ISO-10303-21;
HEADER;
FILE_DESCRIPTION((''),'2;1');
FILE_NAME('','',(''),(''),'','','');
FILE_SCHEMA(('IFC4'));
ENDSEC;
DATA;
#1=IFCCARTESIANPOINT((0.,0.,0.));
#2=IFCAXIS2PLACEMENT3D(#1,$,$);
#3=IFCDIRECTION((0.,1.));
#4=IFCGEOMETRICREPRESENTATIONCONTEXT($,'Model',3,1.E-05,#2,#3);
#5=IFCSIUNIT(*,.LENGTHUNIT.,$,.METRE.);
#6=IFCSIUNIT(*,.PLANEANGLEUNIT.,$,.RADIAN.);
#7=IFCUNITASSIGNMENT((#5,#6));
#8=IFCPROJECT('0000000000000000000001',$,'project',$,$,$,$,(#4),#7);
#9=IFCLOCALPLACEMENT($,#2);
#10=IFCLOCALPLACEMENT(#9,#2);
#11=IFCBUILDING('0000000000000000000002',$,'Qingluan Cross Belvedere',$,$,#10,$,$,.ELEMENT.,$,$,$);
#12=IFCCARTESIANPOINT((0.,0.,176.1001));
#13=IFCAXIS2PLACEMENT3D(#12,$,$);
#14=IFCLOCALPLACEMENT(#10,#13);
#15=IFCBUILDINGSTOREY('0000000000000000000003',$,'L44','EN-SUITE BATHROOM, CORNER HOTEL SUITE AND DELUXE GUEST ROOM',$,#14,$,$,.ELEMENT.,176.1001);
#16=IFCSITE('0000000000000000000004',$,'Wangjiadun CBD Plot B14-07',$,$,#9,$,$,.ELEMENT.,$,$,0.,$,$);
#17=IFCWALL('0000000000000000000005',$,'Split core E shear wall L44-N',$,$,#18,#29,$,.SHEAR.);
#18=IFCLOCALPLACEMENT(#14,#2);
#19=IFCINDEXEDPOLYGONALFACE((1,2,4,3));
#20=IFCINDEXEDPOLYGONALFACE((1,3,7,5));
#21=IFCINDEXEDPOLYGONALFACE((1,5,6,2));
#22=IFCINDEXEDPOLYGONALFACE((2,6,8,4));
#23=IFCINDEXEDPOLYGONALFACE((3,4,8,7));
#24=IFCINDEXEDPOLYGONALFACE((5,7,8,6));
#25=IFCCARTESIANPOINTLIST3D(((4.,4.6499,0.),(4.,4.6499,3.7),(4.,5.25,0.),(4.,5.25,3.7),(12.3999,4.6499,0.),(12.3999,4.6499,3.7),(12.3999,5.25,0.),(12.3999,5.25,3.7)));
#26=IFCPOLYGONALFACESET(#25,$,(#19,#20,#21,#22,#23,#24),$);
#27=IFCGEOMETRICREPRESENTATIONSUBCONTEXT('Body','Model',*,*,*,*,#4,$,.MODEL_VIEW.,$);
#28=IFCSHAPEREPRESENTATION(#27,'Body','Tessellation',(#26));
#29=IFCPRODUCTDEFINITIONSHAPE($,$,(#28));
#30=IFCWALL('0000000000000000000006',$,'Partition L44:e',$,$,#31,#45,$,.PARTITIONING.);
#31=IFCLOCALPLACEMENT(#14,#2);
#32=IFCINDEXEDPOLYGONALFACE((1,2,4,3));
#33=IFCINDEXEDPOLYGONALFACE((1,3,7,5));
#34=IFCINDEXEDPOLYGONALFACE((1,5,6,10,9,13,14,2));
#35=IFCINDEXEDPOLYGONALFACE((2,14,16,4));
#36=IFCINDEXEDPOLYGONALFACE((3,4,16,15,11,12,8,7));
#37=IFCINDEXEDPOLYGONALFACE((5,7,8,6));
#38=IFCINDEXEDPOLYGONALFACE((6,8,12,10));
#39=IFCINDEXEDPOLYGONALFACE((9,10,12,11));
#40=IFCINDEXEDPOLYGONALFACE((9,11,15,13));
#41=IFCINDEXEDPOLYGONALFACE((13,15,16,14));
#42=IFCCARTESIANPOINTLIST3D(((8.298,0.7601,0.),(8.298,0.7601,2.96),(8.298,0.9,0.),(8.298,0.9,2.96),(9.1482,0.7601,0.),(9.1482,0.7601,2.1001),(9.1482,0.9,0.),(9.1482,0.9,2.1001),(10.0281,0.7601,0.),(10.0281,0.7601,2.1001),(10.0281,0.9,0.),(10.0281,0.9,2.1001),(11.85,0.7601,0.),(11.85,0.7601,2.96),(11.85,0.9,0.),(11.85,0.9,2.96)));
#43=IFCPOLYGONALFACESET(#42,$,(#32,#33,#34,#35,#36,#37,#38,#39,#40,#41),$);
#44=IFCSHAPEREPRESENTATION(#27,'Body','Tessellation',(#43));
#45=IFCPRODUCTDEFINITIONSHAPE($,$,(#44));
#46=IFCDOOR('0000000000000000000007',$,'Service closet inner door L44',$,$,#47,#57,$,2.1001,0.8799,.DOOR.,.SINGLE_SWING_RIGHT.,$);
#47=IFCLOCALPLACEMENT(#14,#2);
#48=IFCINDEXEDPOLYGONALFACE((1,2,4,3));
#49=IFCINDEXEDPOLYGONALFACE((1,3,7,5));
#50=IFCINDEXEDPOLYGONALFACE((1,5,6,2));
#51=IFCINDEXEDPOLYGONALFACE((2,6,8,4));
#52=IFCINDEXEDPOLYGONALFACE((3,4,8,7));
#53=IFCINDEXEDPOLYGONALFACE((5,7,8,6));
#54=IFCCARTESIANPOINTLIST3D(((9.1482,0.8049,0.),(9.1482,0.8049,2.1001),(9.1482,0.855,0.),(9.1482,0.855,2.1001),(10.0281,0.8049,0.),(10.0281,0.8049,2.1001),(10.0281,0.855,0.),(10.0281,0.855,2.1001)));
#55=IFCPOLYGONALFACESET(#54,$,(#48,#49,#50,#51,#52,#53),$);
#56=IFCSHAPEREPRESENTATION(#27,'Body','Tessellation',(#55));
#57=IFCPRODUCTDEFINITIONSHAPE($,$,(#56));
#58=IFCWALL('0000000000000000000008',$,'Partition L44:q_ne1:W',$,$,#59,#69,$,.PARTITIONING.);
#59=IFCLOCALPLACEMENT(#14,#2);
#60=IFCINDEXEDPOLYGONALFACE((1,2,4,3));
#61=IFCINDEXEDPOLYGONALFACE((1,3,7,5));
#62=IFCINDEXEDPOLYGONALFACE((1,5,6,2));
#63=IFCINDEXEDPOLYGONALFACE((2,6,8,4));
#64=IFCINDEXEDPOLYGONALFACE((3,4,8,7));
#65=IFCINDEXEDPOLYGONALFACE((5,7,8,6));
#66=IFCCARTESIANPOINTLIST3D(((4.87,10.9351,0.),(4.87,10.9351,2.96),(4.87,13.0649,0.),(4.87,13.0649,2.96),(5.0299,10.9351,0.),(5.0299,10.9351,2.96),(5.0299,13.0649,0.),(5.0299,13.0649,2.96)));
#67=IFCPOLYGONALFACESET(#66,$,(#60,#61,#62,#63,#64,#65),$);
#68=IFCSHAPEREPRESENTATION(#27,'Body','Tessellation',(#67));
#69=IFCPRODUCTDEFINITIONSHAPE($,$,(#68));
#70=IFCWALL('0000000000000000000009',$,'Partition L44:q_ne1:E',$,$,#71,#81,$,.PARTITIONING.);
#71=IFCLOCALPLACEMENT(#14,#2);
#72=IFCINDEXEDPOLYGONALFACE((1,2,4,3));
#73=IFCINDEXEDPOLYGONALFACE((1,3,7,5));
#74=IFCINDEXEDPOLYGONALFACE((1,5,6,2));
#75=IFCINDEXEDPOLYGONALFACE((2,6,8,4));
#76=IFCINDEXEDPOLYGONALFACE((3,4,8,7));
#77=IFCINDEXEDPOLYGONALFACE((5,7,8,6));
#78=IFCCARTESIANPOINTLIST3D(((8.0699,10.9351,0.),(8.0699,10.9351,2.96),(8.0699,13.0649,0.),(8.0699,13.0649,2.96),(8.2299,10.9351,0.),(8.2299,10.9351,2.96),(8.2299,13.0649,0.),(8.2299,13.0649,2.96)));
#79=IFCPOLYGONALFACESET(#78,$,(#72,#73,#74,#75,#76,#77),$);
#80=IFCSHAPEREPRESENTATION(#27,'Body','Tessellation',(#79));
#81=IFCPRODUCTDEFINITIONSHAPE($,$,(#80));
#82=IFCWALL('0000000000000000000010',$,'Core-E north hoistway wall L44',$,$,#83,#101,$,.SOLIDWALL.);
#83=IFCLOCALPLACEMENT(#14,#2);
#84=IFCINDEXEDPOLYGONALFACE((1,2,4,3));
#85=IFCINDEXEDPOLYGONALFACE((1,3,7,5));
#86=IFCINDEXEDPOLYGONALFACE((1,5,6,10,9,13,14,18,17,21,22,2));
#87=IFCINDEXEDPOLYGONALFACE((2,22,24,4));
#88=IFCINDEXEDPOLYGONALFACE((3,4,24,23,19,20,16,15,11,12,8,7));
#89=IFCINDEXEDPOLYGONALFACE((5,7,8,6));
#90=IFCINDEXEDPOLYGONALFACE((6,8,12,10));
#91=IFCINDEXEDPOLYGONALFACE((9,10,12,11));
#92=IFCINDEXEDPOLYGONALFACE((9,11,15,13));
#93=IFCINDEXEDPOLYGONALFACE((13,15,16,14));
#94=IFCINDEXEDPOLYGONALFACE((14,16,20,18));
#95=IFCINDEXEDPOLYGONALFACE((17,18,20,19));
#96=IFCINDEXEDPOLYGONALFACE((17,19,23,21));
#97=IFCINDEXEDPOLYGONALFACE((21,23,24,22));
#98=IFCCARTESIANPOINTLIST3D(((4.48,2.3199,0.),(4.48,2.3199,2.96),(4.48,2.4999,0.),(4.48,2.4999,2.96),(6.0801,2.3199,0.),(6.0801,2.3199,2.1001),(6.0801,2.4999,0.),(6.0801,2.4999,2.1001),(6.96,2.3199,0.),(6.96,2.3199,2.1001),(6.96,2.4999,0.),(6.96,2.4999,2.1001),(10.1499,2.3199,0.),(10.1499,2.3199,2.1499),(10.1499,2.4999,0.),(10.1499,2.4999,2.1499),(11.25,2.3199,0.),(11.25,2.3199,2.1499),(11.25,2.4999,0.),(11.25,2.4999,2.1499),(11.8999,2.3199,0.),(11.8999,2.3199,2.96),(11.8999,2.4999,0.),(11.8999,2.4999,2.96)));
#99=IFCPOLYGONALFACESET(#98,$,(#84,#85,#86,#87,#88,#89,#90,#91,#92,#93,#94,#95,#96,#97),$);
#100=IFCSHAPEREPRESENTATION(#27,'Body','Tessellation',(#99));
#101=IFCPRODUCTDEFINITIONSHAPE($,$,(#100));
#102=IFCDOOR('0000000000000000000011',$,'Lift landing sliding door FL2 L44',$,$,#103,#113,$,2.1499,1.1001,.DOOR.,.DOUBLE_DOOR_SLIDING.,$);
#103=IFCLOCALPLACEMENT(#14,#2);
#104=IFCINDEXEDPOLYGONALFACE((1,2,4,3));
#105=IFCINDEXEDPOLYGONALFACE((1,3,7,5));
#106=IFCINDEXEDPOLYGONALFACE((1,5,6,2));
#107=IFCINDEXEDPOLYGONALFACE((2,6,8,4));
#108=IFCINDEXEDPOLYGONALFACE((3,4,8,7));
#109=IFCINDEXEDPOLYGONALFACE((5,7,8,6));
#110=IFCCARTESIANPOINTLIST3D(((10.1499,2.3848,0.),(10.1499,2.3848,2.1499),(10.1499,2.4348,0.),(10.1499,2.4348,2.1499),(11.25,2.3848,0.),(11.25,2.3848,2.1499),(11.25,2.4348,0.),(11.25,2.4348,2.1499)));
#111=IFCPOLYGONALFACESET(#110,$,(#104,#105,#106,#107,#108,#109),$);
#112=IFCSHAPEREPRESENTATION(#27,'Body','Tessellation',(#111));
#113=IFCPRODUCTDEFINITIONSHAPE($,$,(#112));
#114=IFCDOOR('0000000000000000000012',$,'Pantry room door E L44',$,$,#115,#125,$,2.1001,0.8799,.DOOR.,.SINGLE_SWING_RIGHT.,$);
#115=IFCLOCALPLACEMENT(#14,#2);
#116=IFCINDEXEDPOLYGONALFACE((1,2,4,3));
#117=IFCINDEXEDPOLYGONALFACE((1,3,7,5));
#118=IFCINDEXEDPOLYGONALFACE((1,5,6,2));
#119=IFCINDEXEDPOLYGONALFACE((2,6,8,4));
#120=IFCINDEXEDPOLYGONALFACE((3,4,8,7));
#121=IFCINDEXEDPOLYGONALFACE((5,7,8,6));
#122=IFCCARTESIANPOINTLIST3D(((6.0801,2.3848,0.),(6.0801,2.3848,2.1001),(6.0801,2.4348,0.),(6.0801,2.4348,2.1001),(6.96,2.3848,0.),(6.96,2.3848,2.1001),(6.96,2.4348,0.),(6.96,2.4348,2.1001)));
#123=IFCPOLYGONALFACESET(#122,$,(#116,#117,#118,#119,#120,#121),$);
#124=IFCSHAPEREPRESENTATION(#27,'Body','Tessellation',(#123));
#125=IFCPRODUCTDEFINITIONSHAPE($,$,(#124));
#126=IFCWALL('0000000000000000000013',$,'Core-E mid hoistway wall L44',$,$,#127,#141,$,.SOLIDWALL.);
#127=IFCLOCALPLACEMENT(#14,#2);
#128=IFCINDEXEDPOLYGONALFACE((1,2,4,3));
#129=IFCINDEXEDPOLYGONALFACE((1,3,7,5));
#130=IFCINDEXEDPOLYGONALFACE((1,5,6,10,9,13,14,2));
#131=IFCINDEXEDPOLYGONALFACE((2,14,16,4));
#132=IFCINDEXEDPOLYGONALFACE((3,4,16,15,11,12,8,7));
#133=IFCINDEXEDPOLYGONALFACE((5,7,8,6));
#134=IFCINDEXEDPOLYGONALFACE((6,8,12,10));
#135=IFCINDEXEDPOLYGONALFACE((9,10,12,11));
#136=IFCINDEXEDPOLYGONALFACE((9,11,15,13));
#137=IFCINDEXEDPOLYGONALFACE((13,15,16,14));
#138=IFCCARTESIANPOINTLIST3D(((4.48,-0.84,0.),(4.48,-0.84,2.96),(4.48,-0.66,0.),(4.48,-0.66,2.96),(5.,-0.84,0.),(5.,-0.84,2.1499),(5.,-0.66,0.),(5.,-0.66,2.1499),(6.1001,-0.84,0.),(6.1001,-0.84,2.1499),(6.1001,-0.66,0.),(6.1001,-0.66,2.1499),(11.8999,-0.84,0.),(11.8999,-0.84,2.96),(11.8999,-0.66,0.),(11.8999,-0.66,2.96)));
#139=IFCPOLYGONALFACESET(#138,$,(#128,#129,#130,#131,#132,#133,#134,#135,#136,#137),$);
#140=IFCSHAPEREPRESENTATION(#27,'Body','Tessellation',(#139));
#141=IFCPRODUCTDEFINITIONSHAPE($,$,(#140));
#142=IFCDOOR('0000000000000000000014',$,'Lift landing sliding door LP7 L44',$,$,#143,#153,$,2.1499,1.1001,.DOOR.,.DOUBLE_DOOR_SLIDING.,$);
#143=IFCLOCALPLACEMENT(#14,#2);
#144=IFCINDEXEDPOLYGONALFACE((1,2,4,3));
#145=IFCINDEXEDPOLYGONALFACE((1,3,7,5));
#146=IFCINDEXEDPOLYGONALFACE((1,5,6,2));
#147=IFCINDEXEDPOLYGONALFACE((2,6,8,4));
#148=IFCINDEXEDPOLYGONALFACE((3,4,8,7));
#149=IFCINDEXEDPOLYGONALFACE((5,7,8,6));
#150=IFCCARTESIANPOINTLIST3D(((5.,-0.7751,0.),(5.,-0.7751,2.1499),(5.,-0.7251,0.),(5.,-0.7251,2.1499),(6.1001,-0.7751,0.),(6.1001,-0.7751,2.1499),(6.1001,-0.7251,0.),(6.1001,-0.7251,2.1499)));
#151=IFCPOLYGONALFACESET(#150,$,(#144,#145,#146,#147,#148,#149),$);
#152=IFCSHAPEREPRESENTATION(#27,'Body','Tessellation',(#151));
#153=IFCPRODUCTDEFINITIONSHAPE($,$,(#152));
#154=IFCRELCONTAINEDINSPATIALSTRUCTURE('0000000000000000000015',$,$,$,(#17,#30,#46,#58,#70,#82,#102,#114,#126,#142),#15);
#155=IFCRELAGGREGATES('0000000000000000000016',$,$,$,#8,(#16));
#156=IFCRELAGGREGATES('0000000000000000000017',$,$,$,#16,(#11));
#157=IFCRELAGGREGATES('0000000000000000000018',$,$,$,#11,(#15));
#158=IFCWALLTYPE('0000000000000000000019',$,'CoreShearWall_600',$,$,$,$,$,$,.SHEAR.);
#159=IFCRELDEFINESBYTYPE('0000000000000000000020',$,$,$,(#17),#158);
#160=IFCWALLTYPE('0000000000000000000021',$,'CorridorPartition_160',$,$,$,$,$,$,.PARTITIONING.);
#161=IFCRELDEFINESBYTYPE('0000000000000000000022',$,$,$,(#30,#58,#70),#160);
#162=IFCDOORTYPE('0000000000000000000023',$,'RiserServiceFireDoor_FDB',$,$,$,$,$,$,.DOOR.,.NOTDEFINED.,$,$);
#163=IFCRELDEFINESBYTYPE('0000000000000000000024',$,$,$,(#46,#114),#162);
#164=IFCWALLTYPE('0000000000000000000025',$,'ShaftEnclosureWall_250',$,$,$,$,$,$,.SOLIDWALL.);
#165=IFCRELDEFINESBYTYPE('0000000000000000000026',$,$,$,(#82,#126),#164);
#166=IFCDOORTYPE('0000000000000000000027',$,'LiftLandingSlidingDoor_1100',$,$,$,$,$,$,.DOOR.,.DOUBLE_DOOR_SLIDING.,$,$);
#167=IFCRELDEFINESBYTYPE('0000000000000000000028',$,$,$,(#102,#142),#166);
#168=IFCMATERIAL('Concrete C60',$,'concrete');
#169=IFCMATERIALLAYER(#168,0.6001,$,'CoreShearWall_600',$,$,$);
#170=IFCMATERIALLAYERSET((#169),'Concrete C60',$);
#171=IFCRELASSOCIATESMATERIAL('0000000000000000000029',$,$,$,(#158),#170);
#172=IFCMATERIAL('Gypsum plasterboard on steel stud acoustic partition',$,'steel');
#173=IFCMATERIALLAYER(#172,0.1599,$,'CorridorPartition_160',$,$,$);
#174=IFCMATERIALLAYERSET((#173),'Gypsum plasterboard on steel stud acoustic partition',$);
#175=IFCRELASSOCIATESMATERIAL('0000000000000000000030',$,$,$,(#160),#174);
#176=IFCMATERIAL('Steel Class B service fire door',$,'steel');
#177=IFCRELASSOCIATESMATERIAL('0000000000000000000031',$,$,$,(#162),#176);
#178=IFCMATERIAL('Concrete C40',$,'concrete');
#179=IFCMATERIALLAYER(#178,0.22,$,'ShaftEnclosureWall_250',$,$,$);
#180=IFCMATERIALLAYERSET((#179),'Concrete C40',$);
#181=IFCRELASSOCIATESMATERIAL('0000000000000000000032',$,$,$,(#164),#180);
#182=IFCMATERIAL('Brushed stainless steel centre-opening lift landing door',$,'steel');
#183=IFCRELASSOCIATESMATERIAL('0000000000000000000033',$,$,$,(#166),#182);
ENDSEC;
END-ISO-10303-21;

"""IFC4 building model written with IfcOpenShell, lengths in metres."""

from ifc_helpers import new_model, si_unit, direction, frame, frame_2d, origin, place, context, subcontext, project, spatial, rectangle, extrude, material, layer, layer_set, type_object, element, fill, save


model = new_model("IFC4")

# Units and contexts
model_context = context("Model", 3, precision=1e-05, world=origin(), true_north=direction((0.0, 1.0)))
body_context = subcontext(model_context, "Body", "Model", "MODEL_VIEW")
ifc_project = project(units=[si_unit("LENGTHUNIT", "METRE"), si_unit("PLANEANGLEUNIT", "RADIAN")], contexts=[model_context])

# Site, building, storey
site_placement = place(None, origin())
site = spatial("IfcSite", under=ifc_project, at=site_placement, Name="Wangjiadun CBD Plot B14-07", CompositionType="ELEMENT", RefElevation=0.0)
building_placement = place(site_placement, origin())
building = spatial("IfcBuilding", under=site, at=building_placement, Name="Qingluan Cross Belvedere", CompositionType="ELEMENT")
storey_placement = place(building_placement, frame((0.0, 0.0, 176.1001)))
storey = spatial("IfcBuildingStorey", under=building, at=storey_placement, Name="L44", Description="EN-SUITE BATHROOM, CORNER HOTEL SUITE AND DELUXE GUEST ROOM", CompositionType="ELEMENT", Elevation=176.1001)

# Wall
ifc_material_1 = material(Name="Concrete C60", Category="concrete")
ifc_layer_1 = layer(ifc_material_1, 0.6001, Name="CoreShearWall_600")
ifc_layer_set_1 = layer_set([ifc_layer_1], Name="Concrete C60")
wall_type_1 = type_object("IfcWallType", Name="CoreShearWall_600", PredefinedType="SHEAR", material=ifc_layer_set_1)
wall_1_placement = place(storey_placement, frame((4.0, 4.95, 0.0), z_axis=(0.0, 0.0, 1.0), x_axis=(1.0, 0.0, 0.0)))
element("IfcWall", 1, at=wall_1_placement, inside=storey, type_object=wall_type_1, Name="Split core E shear wall L44-N", PredefinedType="SHEAR", context=body_context, shape_type="SweptSolid", body=[
    extrude(rectangle(XDim=8.3999, YDim=0.6001, at=frame_2d((4.2, 0.0))), origin(), (0.0, 0.0, 1.0), 3.7),
])

# Wall, opening, door
ifc_material_2 = material(Name="Gypsum plasterboard on steel stud acoustic partition", Category="steel")
ifc_layer_2 = layer(ifc_material_2, 0.1599, Name="CorridorPartition_160")
ifc_layer_set_2 = layer_set([ifc_layer_2], Name="Gypsum plasterboard on steel stud acoustic partition")
wall_type_2 = type_object("IfcWallType", Name="CorridorPartition_160", PredefinedType="PARTITIONING", material=ifc_layer_set_2)
wall_2_placement = place(storey_placement, frame((8.2981, 0.8301, 0.0), z_axis=(0.0, 0.0, 1.0), x_axis=(1.0, 0.0, 0.0)))
wall_2 = element("IfcWall", 2, at=wall_2_placement, inside=storey, type_object=wall_type_2, Name="Partition L44:e", PredefinedType="PARTITIONING", context=body_context, shape_type="SweptSolid", body=[
    extrude(rectangle(XDim=3.552, YDim=0.1399, at=frame_2d((1.7759, 0.0))), origin(), (0.0, 0.0, 1.0), 2.96),
])
opening_1_placement = place(wall_2_placement, frame((0.8501, 0.0, 0.0)))
opening_1 = element("IfcOpeningElement", 3, at=opening_1_placement, cuts=wall_2, PredefinedType="OPENING", context=body_context, shape_type="SweptSolid", body=[
    extrude(rectangle(XDim=0.8799, YDim=2.1001, at=frame_2d((0.4399, 1.05))), frame((0.0, 0.0798, 0.0), z_axis=(0.0, -1.0, 0.0), x_axis=(1.0, 0.0, 0.0)), (0.0, 0.0, 1.0), 0.1599),
])
ifc_material_3 = material(Name="Steel Class B service fire door", Category="steel")
door_type_1 = type_object("IfcDoorType", Name="RiserServiceFireDoor_FDB", OperationType="NOTDEFINED", PredefinedType="DOOR", material=ifc_material_3)
door_1_placement = place(opening_1_placement, origin())
door_1 = element("IfcDoor", 4, at=door_1_placement, inside=storey, type_object=door_type_1, Name="Service closet inner door L44", OperationType="SINGLE_SWING_RIGHT", OverallHeight=2.1001, OverallWidth=0.8799, PredefinedType="DOOR", context=body_context, shape_type="SweptSolid", body=[
    extrude(rectangle(XDim=0.8799, YDim=2.1001, at=frame_2d((0.4399, 1.05))), frame((0.0, 0.0249, 0.0), z_axis=(0.0, -1.0, 0.0), x_axis=(1.0, 0.0, 0.0)), (0.0, 0.0, 1.0), 0.05),
])
fill(opening_1, door_1)

# Walls
for number, where, z_axis, x_axis, name in (
    (5, (4.95, 10.9351, 0.0), (0.0, 0.0, 1.0), (0.0, 1.0, 0.0), "Partition L44:q_ne1:W"),
    (6, (8.1499, 10.9351, 0.0), (0.0, 0.0, 1.0), (0.0, 1.0, 0.0), "Partition L44:q_ne1:E"),
):
    element("IfcWall", number, at=place(storey_placement, frame(where, z_axis=z_axis, x_axis=x_axis)), inside=storey, type_object=wall_type_2, Name=name, PredefinedType="PARTITIONING", context=body_context, shape_type="SweptSolid", body=[
        extrude(rectangle(XDim=2.1299, YDim=0.1599, at=frame_2d((1.0649, 0.0))), origin(), (0.0, 0.0, 1.0), 2.96),
    ])

# Wall, openings, doors
ifc_material_4 = material(Name="Concrete C40", Category="concrete")
ifc_layer_3 = layer(ifc_material_4, 0.22, Name="ShaftEnclosureWall_250")
ifc_layer_set_3 = layer_set([ifc_layer_3], Name="Concrete C40")
wall_type_3 = type_object("IfcWallType", Name="ShaftEnclosureWall_250", PredefinedType="SOLIDWALL", material=ifc_layer_set_3)
wall_3_placement = place(storey_placement, frame((4.48, 2.4099, 0.0), z_axis=(0.0, 0.0, 1.0), x_axis=(1.0, 0.0, 0.0)))
wall_3 = element("IfcWall", 7, at=wall_3_placement, inside=storey, type_object=wall_type_3, Name="Core-E north hoistway wall L44", PredefinedType="SOLIDWALL", context=body_context, shape_type="SweptSolid", body=[
    extrude(rectangle(XDim=7.4199, YDim=0.1799, at=frame_2d((3.71, 0.0))), origin(), (0.0, 0.0, 1.0), 2.96),
])
opening_2_placement = place(wall_3_placement, frame((5.6699, 0.0, 0.0)))
opening_2 = element("IfcOpeningElement", 8, at=opening_2_placement, cuts=wall_3, PredefinedType="OPENING", context=body_context, shape_type="SweptSolid", body=[
    extrude(rectangle(XDim=1.1001, YDim=2.1499, at=frame_2d((0.55, 1.075))), frame((0.0, 0.0999, 0.0), z_axis=(0.0, -1.0, 0.0), x_axis=(1.0, 0.0, 0.0)), (0.0, 0.0, 1.0), 0.2),
])
opening_3_placement = place(wall_3_placement, frame((1.6001, 0.0, 0.0)))
opening_3 = element("IfcOpeningElement", 9, at=opening_3_placement, cuts=wall_3, PredefinedType="OPENING", context=body_context, shape_type="SweptSolid", body=[
    extrude(rectangle(XDim=0.8799, YDim=2.1001, at=frame_2d((0.4399, 1.05))), frame((0.0, 0.0999, 0.0), z_axis=(0.0, -1.0, 0.0), x_axis=(1.0, 0.0, 0.0)), (0.0, 0.0, 1.0), 0.2),
])
ifc_material_5 = material(Name="Brushed stainless steel centre-opening lift landing door", Category="steel")
door_type_2 = type_object("IfcDoorType", Name="LiftLandingSlidingDoor_1100", OperationType="DOUBLE_DOOR_SLIDING", PredefinedType="DOOR", material=ifc_material_5)
door_2_placement = place(opening_2_placement, origin())
door_2 = element("IfcDoor", 10, at=door_2_placement, inside=storey, type_object=door_type_2, Name="Lift landing sliding door FL2 L44", OperationType="DOUBLE_DOOR_SLIDING", OverallHeight=2.1499, OverallWidth=1.1001, PredefinedType="DOOR", context=body_context, shape_type="SweptSolid", body=[
    extrude(rectangle(XDim=1.1001, YDim=2.1499, at=frame_2d((0.55, 1.075))), frame((0.0, 0.0249, 0.0), z_axis=(0.0, -1.0, 0.0), x_axis=(1.0, 0.0, 0.0)), (0.0, 0.0, 1.0), 0.05),
])
fill(opening_2, door_2)
door_3_placement = place(opening_3_placement, origin())
door_3 = element("IfcDoor", 11, at=door_3_placement, inside=storey, type_object=door_type_1, Name="Pantry room door E L44", OperationType="SINGLE_SWING_RIGHT", OverallHeight=2.1001, OverallWidth=0.8799, PredefinedType="DOOR", context=body_context, shape_type="SweptSolid", body=[
    extrude(rectangle(XDim=0.8799, YDim=2.1001, at=frame_2d((0.4399, 1.05))), frame((0.0, 0.0249, 0.0), z_axis=(0.0, -1.0, 0.0), x_axis=(1.0, 0.0, 0.0)), (0.0, 0.0, 1.0), 0.05),
])
fill(opening_3, door_3)

# Wall, opening, door
wall_4_placement = place(storey_placement, frame((4.48, -0.75, 0.0), z_axis=(0.0, 0.0, 1.0), x_axis=(1.0, 0.0, 0.0)))
wall_4 = element("IfcWall", 12, at=wall_4_placement, inside=storey, type_object=wall_type_3, Name="Core-E mid hoistway wall L44", PredefinedType="SOLIDWALL", context=body_context, shape_type="SweptSolid", body=[
    extrude(rectangle(XDim=7.4199, YDim=0.1799, at=frame_2d((3.71, 0.0))), origin(), (0.0, 0.0, 1.0), 2.96),
])
opening_4_placement = place(wall_4_placement, frame((0.52, 0.0, 0.0)))
opening_4 = element("IfcOpeningElement", 13, at=opening_4_placement, cuts=wall_4, PredefinedType="OPENING", context=body_context, shape_type="SweptSolid", body=[
    extrude(rectangle(XDim=1.1001, YDim=2.1499, at=frame_2d((0.55, 1.075))), frame((0.0, 0.0999, 0.0), z_axis=(0.0, -1.0, 0.0), x_axis=(1.0, 0.0, 0.0)), (0.0, 0.0, 1.0), 0.2),
])
door_4_placement = place(opening_4_placement, origin())
door_4 = element("IfcDoor", 14, at=door_4_placement, inside=storey, type_object=door_type_2, Name="Lift landing sliding door LP7 L44", OperationType="DOUBLE_DOOR_SLIDING", OverallHeight=2.1499, OverallWidth=1.1001, PredefinedType="DOOR", context=body_context, shape_type="SweptSolid", body=[
    extrude(rectangle(XDim=1.1001, YDim=2.1499, at=frame_2d((0.55, 1.075))), frame((0.0, 0.0249, 0.0), z_axis=(0.0, -1.0, 0.0), x_axis=(1.0, 0.0, 0.0)), (0.0, 0.0, 1.0), 0.05),
])
fill(opening_4, door_4)

save(model, "model.ifc")
